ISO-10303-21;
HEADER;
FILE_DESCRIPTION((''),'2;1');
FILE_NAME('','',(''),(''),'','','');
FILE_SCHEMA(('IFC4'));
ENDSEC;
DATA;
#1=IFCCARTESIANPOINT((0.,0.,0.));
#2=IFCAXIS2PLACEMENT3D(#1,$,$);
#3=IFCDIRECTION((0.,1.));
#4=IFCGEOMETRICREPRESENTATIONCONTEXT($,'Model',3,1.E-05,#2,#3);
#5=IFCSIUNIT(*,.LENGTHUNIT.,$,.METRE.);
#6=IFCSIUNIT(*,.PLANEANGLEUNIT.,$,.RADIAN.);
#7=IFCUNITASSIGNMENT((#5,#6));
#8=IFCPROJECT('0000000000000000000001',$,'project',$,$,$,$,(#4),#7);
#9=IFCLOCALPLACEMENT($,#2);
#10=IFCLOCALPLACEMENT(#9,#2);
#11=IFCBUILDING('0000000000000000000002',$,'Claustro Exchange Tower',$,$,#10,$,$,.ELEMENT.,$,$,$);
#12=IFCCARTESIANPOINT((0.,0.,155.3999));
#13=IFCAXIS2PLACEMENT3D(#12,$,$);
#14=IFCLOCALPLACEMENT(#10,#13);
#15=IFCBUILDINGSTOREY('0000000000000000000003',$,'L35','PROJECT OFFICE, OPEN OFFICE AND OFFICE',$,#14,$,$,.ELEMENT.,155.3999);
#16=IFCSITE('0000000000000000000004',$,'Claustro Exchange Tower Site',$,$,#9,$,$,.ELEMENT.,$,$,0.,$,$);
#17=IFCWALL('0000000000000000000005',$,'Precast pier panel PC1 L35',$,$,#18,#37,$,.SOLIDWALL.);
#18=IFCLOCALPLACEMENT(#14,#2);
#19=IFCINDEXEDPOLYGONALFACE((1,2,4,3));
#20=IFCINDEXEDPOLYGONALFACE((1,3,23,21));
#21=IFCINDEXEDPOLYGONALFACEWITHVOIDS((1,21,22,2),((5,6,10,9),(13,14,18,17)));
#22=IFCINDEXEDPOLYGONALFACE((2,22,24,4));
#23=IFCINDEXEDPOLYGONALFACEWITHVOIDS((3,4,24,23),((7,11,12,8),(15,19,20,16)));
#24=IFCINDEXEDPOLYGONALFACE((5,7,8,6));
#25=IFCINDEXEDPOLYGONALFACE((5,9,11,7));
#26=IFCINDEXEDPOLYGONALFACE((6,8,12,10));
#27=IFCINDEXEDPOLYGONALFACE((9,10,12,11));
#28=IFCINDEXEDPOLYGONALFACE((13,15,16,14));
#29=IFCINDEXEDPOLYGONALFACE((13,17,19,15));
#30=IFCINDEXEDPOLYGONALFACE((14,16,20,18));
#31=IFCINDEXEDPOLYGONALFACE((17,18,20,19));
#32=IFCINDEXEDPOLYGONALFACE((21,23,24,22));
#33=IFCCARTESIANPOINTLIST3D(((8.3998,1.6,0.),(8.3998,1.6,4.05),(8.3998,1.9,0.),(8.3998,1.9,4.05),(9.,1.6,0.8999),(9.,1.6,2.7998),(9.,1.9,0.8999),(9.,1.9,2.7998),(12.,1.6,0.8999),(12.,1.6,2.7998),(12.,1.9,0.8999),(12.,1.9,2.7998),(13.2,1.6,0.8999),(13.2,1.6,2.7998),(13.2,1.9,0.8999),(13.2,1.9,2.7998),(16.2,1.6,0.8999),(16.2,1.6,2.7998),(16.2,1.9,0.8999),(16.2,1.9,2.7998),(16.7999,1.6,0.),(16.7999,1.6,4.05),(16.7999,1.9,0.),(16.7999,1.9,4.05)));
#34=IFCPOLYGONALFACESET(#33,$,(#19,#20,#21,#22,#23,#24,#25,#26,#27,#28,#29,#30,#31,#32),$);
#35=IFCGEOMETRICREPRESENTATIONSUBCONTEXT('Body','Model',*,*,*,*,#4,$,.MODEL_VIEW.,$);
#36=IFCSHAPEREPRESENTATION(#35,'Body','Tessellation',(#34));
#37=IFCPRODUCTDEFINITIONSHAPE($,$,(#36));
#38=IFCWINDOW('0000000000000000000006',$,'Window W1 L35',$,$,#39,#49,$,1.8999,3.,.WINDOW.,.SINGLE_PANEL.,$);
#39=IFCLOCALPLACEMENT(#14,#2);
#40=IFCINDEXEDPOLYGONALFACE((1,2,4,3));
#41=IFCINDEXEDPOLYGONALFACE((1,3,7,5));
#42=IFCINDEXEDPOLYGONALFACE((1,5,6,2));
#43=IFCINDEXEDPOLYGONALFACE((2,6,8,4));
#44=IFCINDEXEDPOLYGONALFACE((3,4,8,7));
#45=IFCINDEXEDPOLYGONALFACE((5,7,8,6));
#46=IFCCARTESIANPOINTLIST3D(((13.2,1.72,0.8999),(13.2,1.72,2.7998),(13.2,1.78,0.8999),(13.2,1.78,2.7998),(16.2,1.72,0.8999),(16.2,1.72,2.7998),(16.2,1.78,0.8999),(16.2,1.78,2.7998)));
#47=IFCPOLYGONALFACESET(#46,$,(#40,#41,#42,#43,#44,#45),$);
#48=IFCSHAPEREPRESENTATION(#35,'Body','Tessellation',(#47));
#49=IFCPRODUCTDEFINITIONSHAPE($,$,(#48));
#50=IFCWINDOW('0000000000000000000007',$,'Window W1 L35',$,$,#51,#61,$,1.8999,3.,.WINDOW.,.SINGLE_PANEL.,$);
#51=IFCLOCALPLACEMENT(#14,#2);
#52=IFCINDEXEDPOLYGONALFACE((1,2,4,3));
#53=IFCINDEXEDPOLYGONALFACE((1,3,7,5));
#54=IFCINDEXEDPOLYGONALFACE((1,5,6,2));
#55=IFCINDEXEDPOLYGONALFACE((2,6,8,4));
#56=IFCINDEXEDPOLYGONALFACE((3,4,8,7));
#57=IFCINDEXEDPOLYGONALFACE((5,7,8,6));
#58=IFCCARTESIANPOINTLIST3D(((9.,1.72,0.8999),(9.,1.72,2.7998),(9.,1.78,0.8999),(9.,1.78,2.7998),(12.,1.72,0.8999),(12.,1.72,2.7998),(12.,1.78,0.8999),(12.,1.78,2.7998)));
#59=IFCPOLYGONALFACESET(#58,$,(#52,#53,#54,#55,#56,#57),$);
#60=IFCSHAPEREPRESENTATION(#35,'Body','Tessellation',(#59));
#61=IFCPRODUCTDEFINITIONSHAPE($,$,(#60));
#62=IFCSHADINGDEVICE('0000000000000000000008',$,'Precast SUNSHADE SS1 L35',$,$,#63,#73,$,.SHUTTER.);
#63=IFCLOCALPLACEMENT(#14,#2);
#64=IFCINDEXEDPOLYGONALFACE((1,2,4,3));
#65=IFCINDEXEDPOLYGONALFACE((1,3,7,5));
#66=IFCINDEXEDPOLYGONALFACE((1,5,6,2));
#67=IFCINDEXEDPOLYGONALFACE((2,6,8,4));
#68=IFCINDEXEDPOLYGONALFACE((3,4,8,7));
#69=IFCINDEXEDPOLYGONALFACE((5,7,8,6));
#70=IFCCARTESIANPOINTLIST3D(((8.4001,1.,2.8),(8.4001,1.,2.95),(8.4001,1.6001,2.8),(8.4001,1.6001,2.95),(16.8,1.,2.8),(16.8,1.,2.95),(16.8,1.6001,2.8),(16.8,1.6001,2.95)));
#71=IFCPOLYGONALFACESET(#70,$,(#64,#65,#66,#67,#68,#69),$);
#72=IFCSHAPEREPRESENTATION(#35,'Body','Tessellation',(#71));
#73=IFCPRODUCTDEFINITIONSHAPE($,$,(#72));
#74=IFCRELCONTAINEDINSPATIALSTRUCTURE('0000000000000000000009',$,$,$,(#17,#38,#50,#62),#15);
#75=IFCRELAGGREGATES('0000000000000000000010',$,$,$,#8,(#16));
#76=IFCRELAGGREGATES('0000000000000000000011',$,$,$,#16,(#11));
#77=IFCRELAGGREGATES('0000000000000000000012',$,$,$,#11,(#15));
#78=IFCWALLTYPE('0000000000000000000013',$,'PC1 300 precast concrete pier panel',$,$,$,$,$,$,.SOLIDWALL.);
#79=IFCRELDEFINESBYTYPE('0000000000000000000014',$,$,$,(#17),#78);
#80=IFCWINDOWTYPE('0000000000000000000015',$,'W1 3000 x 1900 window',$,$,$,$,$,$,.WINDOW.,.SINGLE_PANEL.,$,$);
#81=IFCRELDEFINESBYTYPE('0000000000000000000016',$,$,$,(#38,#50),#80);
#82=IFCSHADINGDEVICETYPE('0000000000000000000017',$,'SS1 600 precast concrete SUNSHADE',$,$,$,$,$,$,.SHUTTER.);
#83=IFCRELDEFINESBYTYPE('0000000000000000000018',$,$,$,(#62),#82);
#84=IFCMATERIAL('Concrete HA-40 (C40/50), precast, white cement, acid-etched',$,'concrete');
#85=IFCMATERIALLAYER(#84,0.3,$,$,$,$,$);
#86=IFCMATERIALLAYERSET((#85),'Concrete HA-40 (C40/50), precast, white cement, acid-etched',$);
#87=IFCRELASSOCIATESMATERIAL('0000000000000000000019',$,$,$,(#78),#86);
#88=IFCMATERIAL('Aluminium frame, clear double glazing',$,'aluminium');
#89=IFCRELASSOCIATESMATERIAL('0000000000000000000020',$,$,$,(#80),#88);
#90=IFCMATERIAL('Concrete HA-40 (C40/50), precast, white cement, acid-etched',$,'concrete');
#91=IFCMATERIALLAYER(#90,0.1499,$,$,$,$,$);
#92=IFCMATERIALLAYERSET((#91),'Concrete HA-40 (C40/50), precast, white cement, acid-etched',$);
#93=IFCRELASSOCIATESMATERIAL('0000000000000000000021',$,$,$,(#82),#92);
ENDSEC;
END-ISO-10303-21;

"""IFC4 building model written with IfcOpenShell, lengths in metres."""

from ifc_helpers import new_model, si_unit, direction, frame, frame_2d, origin, origin_2d, place, context, subcontext, project, spatial, rectangle, extrude, material, layer, layer_set, type_object, element, fill, save


model = new_model("IFC4")

# Units and contexts
model_context = context("Model", 3, precision=1e-05, world=origin(), true_north=direction((0.0, 1.0)))
body_context = subcontext(model_context, "Body", "Model", "MODEL_VIEW")
ifc_project = project(units=[si_unit("LENGTHUNIT", "METRE"), si_unit("PLANEANGLEUNIT", "RADIAN")], contexts=[model_context])

# Site, building, storey
site_placement = place(None, origin())
site = spatial("IfcSite", under=ifc_project, at=site_placement, Name="Claustro Exchange Tower Site", CompositionType="ELEMENT", RefElevation=0.0)
building_placement = place(site_placement, origin())
building = spatial("IfcBuilding", under=site, at=building_placement, Name="Claustro Exchange Tower", CompositionType="ELEMENT")
storey_placement = place(building_placement, frame((0.0, 0.0, 155.3999)))
storey = spatial("IfcBuildingStorey", under=building, at=storey_placement, Name="L35", Description="PROJECT OFFICE, OPEN OFFICE AND OFFICE", CompositionType="ELEMENT", Elevation=155.3999)

# Wall, openings, windows
ifc_material_1 = material(Name="Concrete HA-40 (C40/50), precast, white cement, acid-etched", Category="concrete")
ifc_layer_1 = layer(ifc_material_1, 0.3)
ifc_layer_set_1 = layer_set([ifc_layer_1], Name="Concrete HA-40 (C40/50), precast, white cement, acid-etched")
wall_type_1 = type_object("IfcWallType", Name="PC1 300 precast concrete pier panel", PredefinedType="SOLIDWALL", material=ifc_layer_set_1)
wall_1_placement = place(storey_placement, frame((16.8, 1.75, 0.0), z_axis=(0.0, 0.0, 1.0), x_axis=(-1.0, 0.0, 0.0)))
wall_1 = element("IfcWall", 1, at=wall_1_placement, inside=storey, type_object=wall_type_1, Name="Precast pier panel PC1 L35", PredefinedType="SOLIDWALL", context=body_context, shape_type="SweptSolid", body=[
    extrude(rectangle(XDim=8.4001, YDim=0.3, at=frame_2d((4.2002, 0.0))), origin(), (0.0, 0.0, 1.0), 4.05),
])
opening_1_placement = place(wall_1_placement, frame((0.6001, 0.0, 0.8999)))
opening_1 = element("IfcOpeningElement", 2, at=opening_1_placement, cuts=wall_1, PredefinedType="OPENING", context=body_context, shape_type="SweptSolid", body=[
    extrude(rectangle(XDim=3.0, YDim=1.8999, at=frame_2d((1.5, 0.95))), frame((0.0, 0.1599, 0.0), z_axis=(0.0, -1.0, 0.0), x_axis=(1.0, 0.0, 0.0)), (0.0, 0.0, 1.0), 0.3201),
])
opening_2_placement = place(wall_1_placement, frame((4.8, 0.0, 0.8999)))
opening_2 = element("IfcOpeningElement", 3, at=opening_2_placement, cuts=wall_1, PredefinedType="OPENING", context=body_context, shape_type="SweptSolid", body=[
    extrude(rectangle(XDim=3.0, YDim=1.8999, at=frame_2d((1.5, 0.95))), frame((0.0, 0.1599, 0.0), z_axis=(0.0, -1.0, 0.0), x_axis=(1.0, 0.0, 0.0)), (0.0, 0.0, 1.0), 0.3201),
])
ifc_material_2 = material(Name="Aluminium frame, clear double glazing", Category="aluminium")
window_type = type_object("IfcWindowType", Name="W1 3000 x 1900 window", PartitioningType="SINGLE_PANEL", PredefinedType="WINDOW", material=ifc_material_2)
window_1_placement = place(opening_1_placement, origin())
window_1 = element("IfcWindow", 4, at=window_1_placement, inside=storey, type_object=window_type, Name="Window W1 L35", OverallHeight=1.8999, OverallWidth=3.0, PartitioningType="SINGLE_PANEL", PredefinedType="WINDOW", context=body_context, shape_type="SweptSolid", body=[
    extrude(rectangle(XDim=3.0, YDim=1.8999, at=frame_2d((1.5, 0.95))), frame((0.0, 0.03, 0.0), z_axis=(0.0, -1.0, 0.0), x_axis=(1.0, 0.0, 0.0)), (0.0, 0.0, 1.0), 0.0601),
])
fill(opening_1, window_1)
window_2_placement = place(opening_2_placement, origin())
window_2 = element("IfcWindow", 5, at=window_2_placement, inside=storey, type_object=window_type, Name="Window W1 L35", OverallHeight=1.8999, OverallWidth=3.0, PartitioningType="SINGLE_PANEL", PredefinedType="WINDOW", context=body_context, shape_type="SweptSolid", body=[
    extrude(rectangle(XDim=3.0, YDim=1.8999, at=frame_2d((1.5, 0.95))), frame((0.0, 0.03, 0.0), z_axis=(0.0, -1.0, 0.0), x_axis=(1.0, 0.0, 0.0)), (0.0, 0.0, 1.0), 0.0601),
])
fill(opening_2, window_2)

# Shading device
ifc_material_3 = material(Name="Concrete HA-40 (C40/50), precast, white cement, acid-etched", Category="concrete")
ifc_layer_2 = layer(ifc_material_3, 0.1499)
ifc_layer_set_2 = layer_set([ifc_layer_2], Name="Concrete HA-40 (C40/50), precast, white cement, acid-etched")
shading_device_type = type_object("IfcShadingDeviceType", Name="SS1 600 precast concrete SUNSHADE", PredefinedType="SHUTTER", material=ifc_layer_set_2)
shading_device_placement = place(storey_placement, frame((12.6001, 1.3, 2.8), z_axis=(0.0, 0.0, 1.0), x_axis=(-1.0, 0.0, 0.0)))
element("IfcShadingDevice", 6, at=shading_device_placement, inside=storey, type_object=shading_device_type, Name="Precast SUNSHADE SS1 L35", PredefinedType="SHUTTER", context=body_context, shape_type="SweptSolid", body=[
    extrude(rectangle(XDim=8.3999, YDim=0.6001, at=origin_2d()), origin(), (0.0, 0.0, 1.0), 0.1499),
])

save(model, "model.ifc")
